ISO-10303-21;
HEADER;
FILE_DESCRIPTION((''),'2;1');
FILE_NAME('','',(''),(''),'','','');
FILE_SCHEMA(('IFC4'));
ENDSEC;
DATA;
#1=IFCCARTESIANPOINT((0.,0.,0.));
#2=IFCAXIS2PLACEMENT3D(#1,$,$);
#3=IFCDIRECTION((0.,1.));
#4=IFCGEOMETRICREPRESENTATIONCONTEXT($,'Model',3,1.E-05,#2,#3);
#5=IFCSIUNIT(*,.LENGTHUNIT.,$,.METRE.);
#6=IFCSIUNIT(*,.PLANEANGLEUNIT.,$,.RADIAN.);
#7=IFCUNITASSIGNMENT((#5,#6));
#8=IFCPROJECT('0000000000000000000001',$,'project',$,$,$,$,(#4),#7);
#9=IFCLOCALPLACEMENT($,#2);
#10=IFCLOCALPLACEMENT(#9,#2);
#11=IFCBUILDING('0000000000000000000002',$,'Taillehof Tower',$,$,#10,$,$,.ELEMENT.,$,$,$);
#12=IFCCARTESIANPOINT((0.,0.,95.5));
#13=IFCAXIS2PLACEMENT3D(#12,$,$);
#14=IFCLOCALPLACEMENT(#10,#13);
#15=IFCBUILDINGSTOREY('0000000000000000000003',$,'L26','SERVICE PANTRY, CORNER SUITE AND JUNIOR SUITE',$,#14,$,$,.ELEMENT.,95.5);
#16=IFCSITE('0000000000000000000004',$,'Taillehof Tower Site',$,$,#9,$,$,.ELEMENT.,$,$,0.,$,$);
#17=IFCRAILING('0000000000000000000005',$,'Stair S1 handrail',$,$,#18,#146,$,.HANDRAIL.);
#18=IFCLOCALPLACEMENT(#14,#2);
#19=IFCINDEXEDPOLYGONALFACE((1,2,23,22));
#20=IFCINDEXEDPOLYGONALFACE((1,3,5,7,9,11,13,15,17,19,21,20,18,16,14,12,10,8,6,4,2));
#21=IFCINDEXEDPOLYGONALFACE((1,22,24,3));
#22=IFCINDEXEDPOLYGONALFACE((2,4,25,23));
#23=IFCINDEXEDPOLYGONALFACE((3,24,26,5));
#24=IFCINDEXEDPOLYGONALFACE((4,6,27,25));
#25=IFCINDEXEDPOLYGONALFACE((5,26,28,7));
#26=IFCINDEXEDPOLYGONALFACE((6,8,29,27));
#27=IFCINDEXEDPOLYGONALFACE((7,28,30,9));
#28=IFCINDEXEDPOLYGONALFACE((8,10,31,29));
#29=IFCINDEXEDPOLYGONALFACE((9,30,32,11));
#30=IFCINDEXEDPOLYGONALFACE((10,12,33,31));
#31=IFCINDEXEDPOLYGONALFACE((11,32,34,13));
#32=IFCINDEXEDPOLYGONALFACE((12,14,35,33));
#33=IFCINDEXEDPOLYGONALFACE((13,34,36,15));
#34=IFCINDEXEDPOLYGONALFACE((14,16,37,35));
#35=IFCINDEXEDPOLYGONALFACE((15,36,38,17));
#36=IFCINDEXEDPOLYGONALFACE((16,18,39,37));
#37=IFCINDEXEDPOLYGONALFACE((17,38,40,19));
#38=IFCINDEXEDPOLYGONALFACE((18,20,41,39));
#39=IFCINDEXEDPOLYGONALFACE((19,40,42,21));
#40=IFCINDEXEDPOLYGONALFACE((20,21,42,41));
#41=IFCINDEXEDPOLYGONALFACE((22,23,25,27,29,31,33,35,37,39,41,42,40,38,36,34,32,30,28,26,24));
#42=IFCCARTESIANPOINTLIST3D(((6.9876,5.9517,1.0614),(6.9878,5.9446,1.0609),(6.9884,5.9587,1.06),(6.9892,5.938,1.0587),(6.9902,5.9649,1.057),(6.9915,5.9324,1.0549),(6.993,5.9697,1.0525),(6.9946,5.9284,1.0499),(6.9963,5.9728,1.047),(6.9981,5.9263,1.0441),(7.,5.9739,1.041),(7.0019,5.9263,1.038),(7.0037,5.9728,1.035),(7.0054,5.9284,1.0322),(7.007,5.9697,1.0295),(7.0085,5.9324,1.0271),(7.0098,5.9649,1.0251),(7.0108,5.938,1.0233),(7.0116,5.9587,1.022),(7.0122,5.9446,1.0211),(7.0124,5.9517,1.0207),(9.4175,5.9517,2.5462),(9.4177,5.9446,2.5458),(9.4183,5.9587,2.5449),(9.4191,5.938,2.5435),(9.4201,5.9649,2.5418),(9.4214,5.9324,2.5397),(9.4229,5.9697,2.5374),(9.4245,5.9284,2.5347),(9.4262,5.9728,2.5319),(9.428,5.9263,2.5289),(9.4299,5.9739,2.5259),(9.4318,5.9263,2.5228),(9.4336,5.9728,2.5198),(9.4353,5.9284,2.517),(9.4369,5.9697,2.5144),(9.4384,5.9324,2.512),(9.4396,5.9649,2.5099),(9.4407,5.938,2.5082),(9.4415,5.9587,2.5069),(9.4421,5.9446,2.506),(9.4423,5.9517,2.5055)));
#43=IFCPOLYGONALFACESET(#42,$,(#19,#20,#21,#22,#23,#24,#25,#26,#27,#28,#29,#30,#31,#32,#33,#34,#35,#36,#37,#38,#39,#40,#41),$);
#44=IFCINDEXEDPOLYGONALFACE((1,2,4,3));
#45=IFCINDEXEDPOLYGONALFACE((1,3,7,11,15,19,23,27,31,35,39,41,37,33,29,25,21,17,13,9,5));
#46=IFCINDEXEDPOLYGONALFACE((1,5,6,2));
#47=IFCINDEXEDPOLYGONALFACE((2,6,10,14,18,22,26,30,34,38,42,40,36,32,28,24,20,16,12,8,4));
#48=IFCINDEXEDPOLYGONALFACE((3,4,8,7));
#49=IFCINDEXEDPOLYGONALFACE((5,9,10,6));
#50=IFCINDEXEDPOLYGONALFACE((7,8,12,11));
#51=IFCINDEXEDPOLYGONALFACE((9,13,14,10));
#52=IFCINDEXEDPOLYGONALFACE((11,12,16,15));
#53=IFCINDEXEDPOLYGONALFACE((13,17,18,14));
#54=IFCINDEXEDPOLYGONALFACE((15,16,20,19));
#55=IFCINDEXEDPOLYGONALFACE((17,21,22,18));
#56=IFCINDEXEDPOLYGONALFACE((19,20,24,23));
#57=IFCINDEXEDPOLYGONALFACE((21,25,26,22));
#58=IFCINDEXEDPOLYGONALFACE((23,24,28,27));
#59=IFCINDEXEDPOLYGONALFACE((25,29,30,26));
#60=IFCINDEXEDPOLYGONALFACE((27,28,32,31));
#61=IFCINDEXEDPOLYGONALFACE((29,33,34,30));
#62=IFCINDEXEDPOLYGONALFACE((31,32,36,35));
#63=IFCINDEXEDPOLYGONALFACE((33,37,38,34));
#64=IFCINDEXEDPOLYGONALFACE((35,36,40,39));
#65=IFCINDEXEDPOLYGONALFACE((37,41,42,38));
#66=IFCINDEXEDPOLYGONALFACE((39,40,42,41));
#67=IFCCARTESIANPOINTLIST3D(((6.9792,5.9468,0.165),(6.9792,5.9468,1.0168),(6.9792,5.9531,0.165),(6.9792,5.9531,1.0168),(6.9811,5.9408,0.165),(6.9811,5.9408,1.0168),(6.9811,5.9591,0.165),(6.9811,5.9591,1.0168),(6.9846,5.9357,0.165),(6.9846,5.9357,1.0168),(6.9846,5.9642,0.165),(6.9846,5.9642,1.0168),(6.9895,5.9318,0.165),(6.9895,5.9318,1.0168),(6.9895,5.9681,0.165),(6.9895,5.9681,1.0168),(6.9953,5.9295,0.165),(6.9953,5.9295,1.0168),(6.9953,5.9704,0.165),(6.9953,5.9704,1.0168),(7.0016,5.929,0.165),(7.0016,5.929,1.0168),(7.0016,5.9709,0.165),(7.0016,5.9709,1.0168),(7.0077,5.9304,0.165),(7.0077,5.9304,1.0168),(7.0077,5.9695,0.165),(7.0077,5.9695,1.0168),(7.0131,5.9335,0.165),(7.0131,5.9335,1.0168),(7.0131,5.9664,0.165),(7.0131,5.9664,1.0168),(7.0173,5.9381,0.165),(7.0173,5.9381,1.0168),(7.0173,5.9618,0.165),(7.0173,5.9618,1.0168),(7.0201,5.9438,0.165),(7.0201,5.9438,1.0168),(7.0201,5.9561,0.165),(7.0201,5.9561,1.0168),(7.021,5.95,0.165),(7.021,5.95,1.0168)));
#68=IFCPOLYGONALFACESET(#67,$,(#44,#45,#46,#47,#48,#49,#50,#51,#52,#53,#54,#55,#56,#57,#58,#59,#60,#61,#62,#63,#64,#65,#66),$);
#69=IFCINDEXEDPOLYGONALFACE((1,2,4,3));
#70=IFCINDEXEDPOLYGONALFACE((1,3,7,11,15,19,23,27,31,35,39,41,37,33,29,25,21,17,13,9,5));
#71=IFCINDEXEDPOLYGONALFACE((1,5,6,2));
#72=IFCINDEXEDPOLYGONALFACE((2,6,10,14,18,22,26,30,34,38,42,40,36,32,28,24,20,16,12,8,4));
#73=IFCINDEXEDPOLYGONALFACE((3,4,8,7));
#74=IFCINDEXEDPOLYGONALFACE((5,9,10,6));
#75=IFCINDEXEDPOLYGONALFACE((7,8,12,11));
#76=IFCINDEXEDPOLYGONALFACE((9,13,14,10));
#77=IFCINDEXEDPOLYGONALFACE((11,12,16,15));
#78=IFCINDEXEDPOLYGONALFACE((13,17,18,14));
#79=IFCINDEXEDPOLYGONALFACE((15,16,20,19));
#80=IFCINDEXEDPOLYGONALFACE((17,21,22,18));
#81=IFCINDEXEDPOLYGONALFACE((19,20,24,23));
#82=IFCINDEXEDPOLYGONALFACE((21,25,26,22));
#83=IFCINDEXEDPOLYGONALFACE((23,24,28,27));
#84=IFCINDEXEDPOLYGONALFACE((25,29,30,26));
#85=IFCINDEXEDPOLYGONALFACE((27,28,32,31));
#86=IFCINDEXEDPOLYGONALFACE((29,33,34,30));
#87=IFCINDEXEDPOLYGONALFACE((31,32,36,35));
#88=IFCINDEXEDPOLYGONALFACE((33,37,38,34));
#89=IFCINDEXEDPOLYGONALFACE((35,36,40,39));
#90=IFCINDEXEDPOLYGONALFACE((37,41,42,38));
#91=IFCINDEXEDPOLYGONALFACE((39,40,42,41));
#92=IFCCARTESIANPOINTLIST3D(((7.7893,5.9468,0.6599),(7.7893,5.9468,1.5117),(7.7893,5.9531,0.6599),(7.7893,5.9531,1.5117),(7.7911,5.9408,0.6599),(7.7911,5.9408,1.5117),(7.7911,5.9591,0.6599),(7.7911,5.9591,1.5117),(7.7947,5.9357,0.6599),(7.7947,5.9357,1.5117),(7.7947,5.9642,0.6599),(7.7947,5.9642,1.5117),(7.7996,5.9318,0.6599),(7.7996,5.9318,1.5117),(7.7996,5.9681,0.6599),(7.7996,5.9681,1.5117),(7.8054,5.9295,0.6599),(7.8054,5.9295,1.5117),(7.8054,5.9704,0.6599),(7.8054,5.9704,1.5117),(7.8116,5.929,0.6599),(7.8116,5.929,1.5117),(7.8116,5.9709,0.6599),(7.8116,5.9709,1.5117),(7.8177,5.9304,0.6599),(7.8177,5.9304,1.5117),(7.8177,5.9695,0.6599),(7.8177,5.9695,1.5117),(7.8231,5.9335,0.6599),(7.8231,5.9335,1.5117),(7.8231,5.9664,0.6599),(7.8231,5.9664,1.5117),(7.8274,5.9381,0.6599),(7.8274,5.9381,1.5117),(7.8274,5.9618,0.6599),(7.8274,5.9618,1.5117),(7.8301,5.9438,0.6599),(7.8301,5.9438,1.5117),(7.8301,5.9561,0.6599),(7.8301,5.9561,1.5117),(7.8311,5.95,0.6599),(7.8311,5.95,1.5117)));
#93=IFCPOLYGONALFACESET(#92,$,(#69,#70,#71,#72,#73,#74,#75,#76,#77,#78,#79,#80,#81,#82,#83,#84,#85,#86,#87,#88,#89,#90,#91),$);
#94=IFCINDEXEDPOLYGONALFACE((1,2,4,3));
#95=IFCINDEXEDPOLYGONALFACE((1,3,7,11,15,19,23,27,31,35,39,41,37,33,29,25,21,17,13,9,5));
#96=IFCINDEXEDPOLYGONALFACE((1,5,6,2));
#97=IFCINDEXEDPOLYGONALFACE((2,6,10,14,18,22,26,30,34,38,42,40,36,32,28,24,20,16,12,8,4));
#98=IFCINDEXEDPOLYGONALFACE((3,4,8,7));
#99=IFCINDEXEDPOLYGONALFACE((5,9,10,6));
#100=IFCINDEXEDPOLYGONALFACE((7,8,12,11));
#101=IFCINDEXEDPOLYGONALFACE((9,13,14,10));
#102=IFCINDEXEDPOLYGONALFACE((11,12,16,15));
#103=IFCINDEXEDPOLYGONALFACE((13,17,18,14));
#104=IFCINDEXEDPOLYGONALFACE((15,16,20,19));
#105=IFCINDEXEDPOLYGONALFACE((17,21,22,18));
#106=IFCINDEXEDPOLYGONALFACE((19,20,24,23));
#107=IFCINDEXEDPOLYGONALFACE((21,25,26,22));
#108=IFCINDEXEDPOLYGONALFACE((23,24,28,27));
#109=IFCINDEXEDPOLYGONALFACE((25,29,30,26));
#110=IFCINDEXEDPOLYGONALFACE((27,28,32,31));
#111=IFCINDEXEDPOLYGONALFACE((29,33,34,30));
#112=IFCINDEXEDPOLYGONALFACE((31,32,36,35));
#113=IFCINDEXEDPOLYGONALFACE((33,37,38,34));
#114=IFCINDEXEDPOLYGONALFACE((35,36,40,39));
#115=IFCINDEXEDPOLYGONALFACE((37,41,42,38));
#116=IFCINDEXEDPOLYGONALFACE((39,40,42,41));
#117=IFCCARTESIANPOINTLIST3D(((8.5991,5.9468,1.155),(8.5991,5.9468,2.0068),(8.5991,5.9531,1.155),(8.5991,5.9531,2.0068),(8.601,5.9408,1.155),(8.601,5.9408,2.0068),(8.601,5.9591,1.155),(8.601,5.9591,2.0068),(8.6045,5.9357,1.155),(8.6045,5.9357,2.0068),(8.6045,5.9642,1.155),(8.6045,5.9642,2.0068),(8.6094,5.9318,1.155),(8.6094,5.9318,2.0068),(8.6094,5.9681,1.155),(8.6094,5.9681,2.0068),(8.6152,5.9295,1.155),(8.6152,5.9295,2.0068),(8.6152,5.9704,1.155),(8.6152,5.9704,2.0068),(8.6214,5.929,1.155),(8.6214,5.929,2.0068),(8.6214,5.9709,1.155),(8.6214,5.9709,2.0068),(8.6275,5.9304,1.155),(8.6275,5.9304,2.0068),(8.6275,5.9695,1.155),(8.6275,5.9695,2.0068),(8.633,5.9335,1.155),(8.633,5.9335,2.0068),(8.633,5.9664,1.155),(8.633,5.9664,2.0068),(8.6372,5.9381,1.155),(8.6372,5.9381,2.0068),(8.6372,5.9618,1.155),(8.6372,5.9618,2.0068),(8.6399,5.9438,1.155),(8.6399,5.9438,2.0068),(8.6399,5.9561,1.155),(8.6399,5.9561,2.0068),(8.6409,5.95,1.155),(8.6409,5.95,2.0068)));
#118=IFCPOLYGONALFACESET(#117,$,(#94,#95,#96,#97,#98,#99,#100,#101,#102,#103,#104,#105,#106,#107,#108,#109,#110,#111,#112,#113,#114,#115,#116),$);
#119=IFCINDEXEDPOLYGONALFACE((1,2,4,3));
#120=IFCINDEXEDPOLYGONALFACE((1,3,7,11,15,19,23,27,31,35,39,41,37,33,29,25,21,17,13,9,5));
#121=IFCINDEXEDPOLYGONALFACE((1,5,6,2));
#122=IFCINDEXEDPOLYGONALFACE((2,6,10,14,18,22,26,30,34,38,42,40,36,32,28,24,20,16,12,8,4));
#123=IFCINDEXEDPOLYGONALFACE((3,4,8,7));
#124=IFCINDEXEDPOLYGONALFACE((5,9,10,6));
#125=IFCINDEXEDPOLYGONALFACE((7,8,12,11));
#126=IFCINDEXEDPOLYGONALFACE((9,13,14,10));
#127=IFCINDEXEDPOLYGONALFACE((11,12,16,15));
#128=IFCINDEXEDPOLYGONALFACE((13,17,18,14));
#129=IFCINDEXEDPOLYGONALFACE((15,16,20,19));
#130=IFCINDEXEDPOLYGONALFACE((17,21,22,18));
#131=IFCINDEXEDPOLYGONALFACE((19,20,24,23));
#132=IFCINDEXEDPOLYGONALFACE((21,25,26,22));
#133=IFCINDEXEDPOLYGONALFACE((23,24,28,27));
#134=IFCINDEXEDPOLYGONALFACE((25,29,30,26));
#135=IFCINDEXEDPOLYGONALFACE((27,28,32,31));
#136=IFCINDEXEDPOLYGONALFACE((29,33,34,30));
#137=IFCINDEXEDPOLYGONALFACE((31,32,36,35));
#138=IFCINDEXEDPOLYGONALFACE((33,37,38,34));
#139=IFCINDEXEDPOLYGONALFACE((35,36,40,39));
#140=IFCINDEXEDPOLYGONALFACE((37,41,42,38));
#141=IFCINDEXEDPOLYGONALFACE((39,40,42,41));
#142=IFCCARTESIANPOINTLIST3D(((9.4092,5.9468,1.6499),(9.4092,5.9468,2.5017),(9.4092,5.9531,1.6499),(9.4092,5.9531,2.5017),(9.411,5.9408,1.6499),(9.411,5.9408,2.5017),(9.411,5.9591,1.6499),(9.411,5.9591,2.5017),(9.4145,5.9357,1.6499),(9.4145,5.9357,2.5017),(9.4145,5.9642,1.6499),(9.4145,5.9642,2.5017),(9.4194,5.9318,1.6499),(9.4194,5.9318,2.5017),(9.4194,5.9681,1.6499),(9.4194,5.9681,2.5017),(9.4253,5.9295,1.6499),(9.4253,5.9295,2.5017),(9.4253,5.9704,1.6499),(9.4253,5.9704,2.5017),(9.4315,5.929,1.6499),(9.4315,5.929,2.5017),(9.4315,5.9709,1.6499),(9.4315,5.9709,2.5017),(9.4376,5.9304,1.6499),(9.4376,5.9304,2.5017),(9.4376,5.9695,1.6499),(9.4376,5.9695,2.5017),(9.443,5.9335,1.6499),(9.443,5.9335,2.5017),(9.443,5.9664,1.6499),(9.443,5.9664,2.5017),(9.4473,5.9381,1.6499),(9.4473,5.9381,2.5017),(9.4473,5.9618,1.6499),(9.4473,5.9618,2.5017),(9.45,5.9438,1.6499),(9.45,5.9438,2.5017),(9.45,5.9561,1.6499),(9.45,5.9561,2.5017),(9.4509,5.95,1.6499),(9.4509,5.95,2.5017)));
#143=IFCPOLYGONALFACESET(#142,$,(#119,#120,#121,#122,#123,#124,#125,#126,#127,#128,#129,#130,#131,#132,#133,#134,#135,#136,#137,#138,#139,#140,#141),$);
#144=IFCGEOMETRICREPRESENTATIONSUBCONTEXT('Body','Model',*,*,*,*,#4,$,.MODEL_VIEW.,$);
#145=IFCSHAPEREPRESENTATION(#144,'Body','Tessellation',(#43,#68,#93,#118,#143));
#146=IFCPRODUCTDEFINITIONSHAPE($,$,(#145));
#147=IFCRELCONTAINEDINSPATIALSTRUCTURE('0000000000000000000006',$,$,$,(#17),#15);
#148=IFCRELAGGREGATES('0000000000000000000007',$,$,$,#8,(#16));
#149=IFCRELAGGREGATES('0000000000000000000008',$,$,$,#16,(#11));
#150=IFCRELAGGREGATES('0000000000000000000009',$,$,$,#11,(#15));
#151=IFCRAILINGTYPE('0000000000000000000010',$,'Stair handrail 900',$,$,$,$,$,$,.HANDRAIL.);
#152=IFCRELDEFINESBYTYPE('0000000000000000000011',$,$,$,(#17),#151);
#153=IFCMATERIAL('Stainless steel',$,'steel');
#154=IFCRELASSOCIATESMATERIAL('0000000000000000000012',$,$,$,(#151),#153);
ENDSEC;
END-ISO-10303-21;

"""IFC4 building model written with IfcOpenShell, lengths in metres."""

from ifc_helpers import new_model, si_unit, direction, frame, origin, origin_2d, place, context, subcontext, project, spatial, circle, extrude, material, type_object, element, save


model = new_model("IFC4")

# Units and contexts
model_context = context("Model", 3, precision=1e-05, world=origin(), true_north=direction((0.0, 1.0)))
body_context = subcontext(model_context, "Body", "Model", "MODEL_VIEW")
ifc_project = project(units=[si_unit("LENGTHUNIT", "METRE"), si_unit("PLANEANGLEUNIT", "RADIAN")], contexts=[model_context])

# Site, building, storey
site_placement = place(None, origin())
site = spatial("IfcSite", under=ifc_project, at=site_placement, Name="Taillehof Tower Site", CompositionType="ELEMENT", RefElevation=0.0)
building_placement = place(site_placement, origin())
building = spatial("IfcBuilding", under=site, at=building_placement, Name="Taillehof Tower", CompositionType="ELEMENT")
storey_placement = place(building_placement, frame((0.0, 0.0, 95.5)))
storey = spatial("IfcBuildingStorey", under=building, at=storey_placement, Name="L26", Description="SERVICE PANTRY, CORNER SUITE AND JUNIOR SUITE", CompositionType="ELEMENT", Elevation=95.5)

# Railing
ifc_material_1 = material(Name="Stainless steel", Category="steel")
railing_type = type_object("IfcRailingType", Name="Stair handrail 900", PredefinedType="HANDRAIL", material=ifc_material_1)
railing_placement = place(storey_placement, frame((7.0, 5.95, 0.165)))
element("IfcRailing", 1, at=railing_placement, inside=storey, type_object=railing_type, Name="Stair S1 handrail", PredefinedType="HANDRAIL", context=body_context, shape_type="SweptSolid", body=[
    extrude(circle(Radius=0.0239, at=origin_2d()), frame((0.0, 0.0, 0.876), z_axis=(0.853297, 0.0, 0.521426), x_axis=(0.0, 1.0, 0.0)), (0.0, 0.0, 1.0), 2.8477),
    extrude(circle(Radius=0.021, at=origin_2d()), origin(), (0.0, 0.0, 1.0), 0.8518),
    extrude(circle(Radius=0.021, at=origin_2d()), frame((0.8101, 0.0, 0.4949)), (0.0, 0.0, 1.0), 0.8518),
    extrude(circle(Radius=0.021, at=origin_2d()), frame((1.6199, 0.0, 0.99)), (0.0, 0.0, 1.0), 0.8518),
    extrude(circle(Radius=0.021, at=origin_2d()), frame((2.4299, 0.0, 1.4849)), (0.0, 0.0, 1.0), 0.8518),
])

save(model, "model.ifc")
